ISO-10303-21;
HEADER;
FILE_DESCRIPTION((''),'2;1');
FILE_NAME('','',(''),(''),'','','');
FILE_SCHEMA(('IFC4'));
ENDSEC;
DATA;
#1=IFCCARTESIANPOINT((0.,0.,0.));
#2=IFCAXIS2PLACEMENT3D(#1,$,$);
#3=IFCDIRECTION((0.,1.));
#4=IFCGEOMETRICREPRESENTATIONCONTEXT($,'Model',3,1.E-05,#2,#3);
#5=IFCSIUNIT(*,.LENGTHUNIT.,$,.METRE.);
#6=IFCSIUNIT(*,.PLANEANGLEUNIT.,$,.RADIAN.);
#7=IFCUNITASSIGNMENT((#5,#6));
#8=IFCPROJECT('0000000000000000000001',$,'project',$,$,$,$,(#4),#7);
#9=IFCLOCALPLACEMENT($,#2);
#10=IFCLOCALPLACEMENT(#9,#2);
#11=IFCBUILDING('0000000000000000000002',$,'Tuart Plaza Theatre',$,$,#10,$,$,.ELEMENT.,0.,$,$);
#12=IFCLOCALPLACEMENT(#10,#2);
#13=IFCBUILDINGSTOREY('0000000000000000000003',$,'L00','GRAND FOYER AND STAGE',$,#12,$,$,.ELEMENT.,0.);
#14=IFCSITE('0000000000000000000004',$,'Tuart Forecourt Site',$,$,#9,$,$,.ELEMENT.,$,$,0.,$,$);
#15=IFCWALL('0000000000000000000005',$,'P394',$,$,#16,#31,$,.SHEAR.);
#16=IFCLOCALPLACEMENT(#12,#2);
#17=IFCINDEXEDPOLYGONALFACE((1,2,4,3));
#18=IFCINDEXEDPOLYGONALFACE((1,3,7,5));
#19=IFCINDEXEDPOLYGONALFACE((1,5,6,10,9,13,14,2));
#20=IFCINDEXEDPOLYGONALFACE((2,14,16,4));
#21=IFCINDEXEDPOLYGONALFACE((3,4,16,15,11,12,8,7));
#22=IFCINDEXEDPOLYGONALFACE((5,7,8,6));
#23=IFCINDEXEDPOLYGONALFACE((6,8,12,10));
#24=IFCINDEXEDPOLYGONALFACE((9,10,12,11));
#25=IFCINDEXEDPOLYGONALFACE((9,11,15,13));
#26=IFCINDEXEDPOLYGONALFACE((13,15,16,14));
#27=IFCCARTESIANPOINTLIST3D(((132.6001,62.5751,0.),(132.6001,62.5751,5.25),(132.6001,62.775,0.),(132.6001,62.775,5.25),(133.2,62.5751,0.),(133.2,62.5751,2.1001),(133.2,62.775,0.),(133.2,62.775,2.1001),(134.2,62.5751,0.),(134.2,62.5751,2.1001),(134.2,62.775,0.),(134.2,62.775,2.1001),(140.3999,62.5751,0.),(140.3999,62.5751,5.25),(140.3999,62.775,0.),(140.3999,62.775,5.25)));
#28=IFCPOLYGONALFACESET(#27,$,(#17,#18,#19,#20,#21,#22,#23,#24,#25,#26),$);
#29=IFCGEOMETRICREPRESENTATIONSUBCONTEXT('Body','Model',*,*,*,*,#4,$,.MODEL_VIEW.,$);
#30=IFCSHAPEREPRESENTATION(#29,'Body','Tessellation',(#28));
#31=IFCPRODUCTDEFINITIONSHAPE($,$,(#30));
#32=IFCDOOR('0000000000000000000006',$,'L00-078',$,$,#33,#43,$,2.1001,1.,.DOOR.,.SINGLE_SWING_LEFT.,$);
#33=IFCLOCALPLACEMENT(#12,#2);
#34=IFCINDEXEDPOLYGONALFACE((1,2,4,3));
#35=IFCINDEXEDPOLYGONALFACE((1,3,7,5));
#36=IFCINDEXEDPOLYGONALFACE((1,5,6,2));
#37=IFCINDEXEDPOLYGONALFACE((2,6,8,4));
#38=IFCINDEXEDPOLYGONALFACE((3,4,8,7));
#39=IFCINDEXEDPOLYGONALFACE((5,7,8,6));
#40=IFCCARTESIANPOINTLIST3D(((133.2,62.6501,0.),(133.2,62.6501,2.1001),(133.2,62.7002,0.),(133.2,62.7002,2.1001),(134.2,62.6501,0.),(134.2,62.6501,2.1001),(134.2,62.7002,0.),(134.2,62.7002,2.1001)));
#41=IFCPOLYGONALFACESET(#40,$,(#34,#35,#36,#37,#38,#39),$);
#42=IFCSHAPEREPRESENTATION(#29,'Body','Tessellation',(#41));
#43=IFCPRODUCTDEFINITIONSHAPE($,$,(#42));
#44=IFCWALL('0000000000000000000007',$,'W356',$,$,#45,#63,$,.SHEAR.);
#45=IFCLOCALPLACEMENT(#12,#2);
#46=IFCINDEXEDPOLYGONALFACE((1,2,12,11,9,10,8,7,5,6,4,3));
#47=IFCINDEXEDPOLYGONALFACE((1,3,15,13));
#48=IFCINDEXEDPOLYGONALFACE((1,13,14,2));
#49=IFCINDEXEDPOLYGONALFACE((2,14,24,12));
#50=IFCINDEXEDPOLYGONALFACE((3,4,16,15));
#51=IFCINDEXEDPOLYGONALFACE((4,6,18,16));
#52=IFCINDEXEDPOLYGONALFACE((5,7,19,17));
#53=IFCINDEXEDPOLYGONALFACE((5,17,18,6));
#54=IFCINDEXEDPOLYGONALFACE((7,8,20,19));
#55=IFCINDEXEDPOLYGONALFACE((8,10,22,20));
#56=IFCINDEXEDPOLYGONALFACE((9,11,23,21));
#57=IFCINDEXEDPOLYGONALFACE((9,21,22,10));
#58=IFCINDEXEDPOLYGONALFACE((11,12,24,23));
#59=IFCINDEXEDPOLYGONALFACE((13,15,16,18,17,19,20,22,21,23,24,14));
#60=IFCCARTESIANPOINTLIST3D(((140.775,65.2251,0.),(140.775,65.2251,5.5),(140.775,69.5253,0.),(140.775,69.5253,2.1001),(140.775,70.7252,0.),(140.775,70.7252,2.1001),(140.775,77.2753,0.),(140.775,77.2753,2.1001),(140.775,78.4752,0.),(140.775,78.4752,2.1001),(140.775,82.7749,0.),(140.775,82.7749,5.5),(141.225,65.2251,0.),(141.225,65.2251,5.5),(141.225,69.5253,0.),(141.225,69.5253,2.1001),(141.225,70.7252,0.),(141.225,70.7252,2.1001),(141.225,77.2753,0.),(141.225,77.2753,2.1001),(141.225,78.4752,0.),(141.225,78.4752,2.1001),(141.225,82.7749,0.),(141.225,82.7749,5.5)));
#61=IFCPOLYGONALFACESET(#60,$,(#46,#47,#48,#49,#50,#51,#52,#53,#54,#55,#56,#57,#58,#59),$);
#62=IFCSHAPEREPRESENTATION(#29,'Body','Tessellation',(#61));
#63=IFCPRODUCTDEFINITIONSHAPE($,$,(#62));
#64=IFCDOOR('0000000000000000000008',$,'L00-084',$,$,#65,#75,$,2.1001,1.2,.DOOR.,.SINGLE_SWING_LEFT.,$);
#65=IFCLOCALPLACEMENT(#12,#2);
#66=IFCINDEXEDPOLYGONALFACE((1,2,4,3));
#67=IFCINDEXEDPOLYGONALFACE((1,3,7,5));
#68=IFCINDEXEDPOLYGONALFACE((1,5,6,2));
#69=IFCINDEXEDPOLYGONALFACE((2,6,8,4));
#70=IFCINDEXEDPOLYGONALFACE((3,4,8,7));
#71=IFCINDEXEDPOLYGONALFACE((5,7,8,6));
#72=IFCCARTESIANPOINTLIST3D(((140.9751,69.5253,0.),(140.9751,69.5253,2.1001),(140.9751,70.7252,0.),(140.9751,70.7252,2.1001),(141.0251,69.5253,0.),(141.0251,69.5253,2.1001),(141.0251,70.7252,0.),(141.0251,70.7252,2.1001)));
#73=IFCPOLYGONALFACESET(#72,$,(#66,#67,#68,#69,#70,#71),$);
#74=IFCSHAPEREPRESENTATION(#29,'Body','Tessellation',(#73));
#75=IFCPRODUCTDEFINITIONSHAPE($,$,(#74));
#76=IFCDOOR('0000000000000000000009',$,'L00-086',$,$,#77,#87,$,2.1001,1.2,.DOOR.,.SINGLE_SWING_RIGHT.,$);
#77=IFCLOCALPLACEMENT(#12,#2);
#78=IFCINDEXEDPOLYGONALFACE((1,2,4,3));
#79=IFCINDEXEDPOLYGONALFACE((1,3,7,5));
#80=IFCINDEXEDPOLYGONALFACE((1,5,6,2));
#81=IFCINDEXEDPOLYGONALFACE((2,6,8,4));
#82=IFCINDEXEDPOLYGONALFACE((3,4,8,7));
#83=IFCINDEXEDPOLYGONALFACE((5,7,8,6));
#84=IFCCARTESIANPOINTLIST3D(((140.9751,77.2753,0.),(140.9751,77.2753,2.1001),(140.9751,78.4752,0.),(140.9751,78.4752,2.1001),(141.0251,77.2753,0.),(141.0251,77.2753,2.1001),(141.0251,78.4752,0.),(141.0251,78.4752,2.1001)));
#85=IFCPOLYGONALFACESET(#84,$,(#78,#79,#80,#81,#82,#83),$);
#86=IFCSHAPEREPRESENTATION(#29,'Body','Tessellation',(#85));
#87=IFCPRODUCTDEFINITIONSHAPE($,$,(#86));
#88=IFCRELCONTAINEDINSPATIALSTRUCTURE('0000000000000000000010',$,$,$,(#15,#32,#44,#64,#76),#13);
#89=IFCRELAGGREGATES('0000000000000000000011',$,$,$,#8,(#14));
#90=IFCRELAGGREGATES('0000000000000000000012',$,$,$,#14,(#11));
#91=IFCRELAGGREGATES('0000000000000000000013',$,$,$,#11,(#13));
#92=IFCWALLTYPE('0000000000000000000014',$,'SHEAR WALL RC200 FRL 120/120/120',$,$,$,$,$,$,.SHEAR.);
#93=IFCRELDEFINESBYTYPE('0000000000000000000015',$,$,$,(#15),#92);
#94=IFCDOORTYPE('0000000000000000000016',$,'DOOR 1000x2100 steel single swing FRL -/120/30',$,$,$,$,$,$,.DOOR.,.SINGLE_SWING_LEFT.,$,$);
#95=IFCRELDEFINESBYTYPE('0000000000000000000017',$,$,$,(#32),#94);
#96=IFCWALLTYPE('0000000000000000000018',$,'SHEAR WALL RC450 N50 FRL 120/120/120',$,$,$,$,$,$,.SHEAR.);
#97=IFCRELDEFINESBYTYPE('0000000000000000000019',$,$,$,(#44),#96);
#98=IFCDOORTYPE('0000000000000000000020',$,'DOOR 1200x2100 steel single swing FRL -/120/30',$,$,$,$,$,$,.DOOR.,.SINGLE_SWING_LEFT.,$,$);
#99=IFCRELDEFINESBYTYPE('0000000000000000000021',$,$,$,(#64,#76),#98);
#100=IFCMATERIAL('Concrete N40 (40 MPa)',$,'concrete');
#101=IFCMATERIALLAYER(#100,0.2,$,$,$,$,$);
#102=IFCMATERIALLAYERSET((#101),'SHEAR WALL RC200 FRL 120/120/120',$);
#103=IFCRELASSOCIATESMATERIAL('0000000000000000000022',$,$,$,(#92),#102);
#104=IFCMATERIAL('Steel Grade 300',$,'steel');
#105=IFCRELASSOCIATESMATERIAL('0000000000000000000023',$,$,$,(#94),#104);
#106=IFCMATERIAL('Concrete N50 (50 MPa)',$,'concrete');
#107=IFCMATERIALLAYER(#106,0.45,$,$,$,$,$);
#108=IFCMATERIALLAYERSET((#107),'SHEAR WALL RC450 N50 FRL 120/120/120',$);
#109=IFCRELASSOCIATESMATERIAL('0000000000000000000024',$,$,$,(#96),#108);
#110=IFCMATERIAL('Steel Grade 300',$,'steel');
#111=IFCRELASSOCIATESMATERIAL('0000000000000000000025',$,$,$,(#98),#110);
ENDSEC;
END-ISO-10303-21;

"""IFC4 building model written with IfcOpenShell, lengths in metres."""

from ifc_helpers import new_model, si_unit, direction, frame, frame_2d, origin, place, context, subcontext, project, spatial, rectangle, extrude, material, layer, layer_set, type_object, element, fill, save


model = new_model("IFC4")

# Units and contexts
model_context = context("Model", 3, precision=1e-05, world=origin(), true_north=direction((0.0, 1.0)))
body_context = subcontext(model_context, "Body", "Model", "MODEL_VIEW")
ifc_project = project(units=[si_unit("LENGTHUNIT", "METRE"), si_unit("PLANEANGLEUNIT", "RADIAN")], contexts=[model_context])

# Site, building, storey
site_placement = place(None, origin())
site = spatial("IfcSite", under=ifc_project, at=site_placement, Name="Tuart Forecourt Site", CompositionType="ELEMENT", RefElevation=0.0)
building_placement = place(site_placement, origin())
building = spatial("IfcBuilding", under=site, at=building_placement, Name="Tuart Plaza Theatre", CompositionType="ELEMENT", ElevationOfRefHeight=0.0)
storey_placement = place(building_placement, origin())
storey = spatial("IfcBuildingStorey", under=building, at=storey_placement, Name="L00", Description="GRAND FOYER AND STAGE", CompositionType="ELEMENT", Elevation=0.0)

# Shared definitions
ifc_material_1 = material(Name="Concrete N40 (40 MPa)", Category="concrete")
ifc_layer_1 = layer(ifc_material_1, 0.2)
ifc_layer_set_1 = layer_set([ifc_layer_1], Name="SHEAR WALL RC200 FRL 120/120/120")
wall_type_1 = type_object("IfcWallType", Name="SHEAR WALL RC200 FRL 120/120/120", PredefinedType="SHEAR", material=ifc_layer_set_1)

# Wall, opening, door
wall_1_placement = place(storey_placement, frame((140.3999, 62.675, 0.0), z_axis=(0.0, 0.0, 1.0), x_axis=(-1.0, 0.0, 0.0)))
wall_1 = element("IfcWall", 1, at=wall_1_placement, inside=storey, type_object=wall_type_1, Name="P394", PredefinedType="SHEAR", context=body_context, shape_type="SweptSolid", body=[
    extrude(rectangle(XDim=7.7998, YDim=0.2, at=frame_2d((3.8999, 0.0))), origin(), (0.0, 0.0, 1.0), 5.25),
])
opening_1_placement = place(wall_1_placement, frame((6.2, 0.0, 0.0)))
opening_1 = element("IfcOpeningElement", 2, at=opening_1_placement, cuts=wall_1, PredefinedType="OPENING", context=body_context, shape_type="SweptSolid", body=[
    extrude(rectangle(XDim=1.0, YDim=2.1001, at=frame_2d((0.5, 1.05))), frame((0.0, 0.1099, 0.0), z_axis=(0.0, -1.0, 0.0), x_axis=(1.0, 0.0, 0.0)), (0.0, 0.0, 1.0), 0.22),
])
ifc_material_2 = material(Name="Steel Grade 300", Category="steel")
door_type_1 = type_object("IfcDoorType", Name="DOOR 1000x2100 steel single swing FRL -/120/30", OperationType="SINGLE_SWING_LEFT", PredefinedType="DOOR", material=ifc_material_2)
door_1_placement = place(opening_1_placement, origin())
door_1 = element("IfcDoor", 3, at=door_1_placement, inside=storey, type_object=door_type_1, Name="L00-078", OperationType="SINGLE_SWING_LEFT", OverallHeight=2.1001, OverallWidth=1.0, PredefinedType="DOOR", context=body_context, shape_type="SweptSolid", body=[
    extrude(rectangle(XDim=1.0, YDim=2.1001, at=frame_2d((0.5, 1.05))), frame((0.0, 0.0249, 0.0), z_axis=(0.0, -1.0, 0.0), x_axis=(1.0, 0.0, 0.0)), (0.0, 0.0, 1.0), 0.05),
])
fill(opening_1, door_1)

# Wall, openings, doors
ifc_material_3 = material(Name="Concrete N50 (50 MPa)", Category="concrete")
ifc_layer_2 = layer(ifc_material_3, 0.45)
ifc_layer_set_2 = layer_set([ifc_layer_2], Name="SHEAR WALL RC450 N50 FRL 120/120/120")
wall_type_2 = type_object("IfcWallType", Name="SHEAR WALL RC450 N50 FRL 120/120/120", PredefinedType="SHEAR", material=ifc_layer_set_2)
wall_2_placement = place(storey_placement, frame((141.0, 65.2251, 0.0), z_axis=(0.0, 0.0, 1.0), x_axis=(0.0, 1.0, 0.0)))
wall_2 = element("IfcWall", 4, at=wall_2_placement, inside=storey, type_object=wall_type_2, Name="W356", PredefinedType="SHEAR", context=body_context, shape_type="SweptSolid", body=[
    extrude(rectangle(XDim=17.5498, YDim=0.45, at=frame_2d((8.7749, 0.0))), origin(), (0.0, 0.0, 1.0), 5.5),
])
opening_2_placement = place(wall_2_placement, frame((4.3, 0.0, 0.0)))
opening_2 = element("IfcOpeningElement", 5, at=opening_2_placement, cuts=wall_2, PredefinedType="OPENING", context=body_context, shape_type="SweptSolid", body=[
    extrude(rectangle(XDim=1.2, YDim=2.1001, at=frame_2d((0.6001, 1.05))), frame((0.0, 0.2349, 0.0), z_axis=(0.0, -1.0, 0.0), x_axis=(1.0, 0.0, 0.0)), (0.0, 0.0, 1.0), 0.47),
])
opening_3_placement = place(wall_2_placement, frame((12.05, 0.0, 0.0)))
opening_3 = element("IfcOpeningElement", 6, at=opening_3_placement, cuts=wall_2, PredefinedType="OPENING", context=body_context, shape_type="SweptSolid", body=[
    extrude(rectangle(XDim=1.2, YDim=2.1001, at=frame_2d((0.6001, 1.05))), frame((0.0, 0.2349, 0.0), z_axis=(0.0, -1.0, 0.0), x_axis=(1.0, 0.0, 0.0)), (0.0, 0.0, 1.0), 0.47),
])
ifc_material_4 = material(Name="Steel Grade 300", Category="steel")
door_type_2 = type_object("IfcDoorType", Name="DOOR 1200x2100 steel single swing FRL -/120/30", OperationType="SINGLE_SWING_LEFT", PredefinedType="DOOR", material=ifc_material_4)
door_2_placement = place(opening_2_placement, origin())
door_2 = element("IfcDoor", 7, at=door_2_placement, inside=storey, type_object=door_type_2, Name="L00-084", OperationType="SINGLE_SWING_LEFT", OverallHeight=2.1001, OverallWidth=1.2, PredefinedType="DOOR", context=body_context, shape_type="SweptSolid", body=[
    extrude(rectangle(XDim=1.2, YDim=2.1001, at=frame_2d((0.6001, 1.05))), frame((0.0, 0.0249, 0.0), z_axis=(0.0, -1.0, 0.0), x_axis=(1.0, 0.0, 0.0)), (0.0, 0.0, 1.0), 0.05),
])
fill(opening_2, door_2)
door_3_placement = place(opening_3_placement, origin())
door_3 = element("IfcDoor", 8, at=door_3_placement, inside=storey, type_object=door_type_2, Name="L00-086", OperationType="SINGLE_SWING_RIGHT", OverallHeight=2.1001, OverallWidth=1.2, PredefinedType="DOOR", context=body_context, shape_type="SweptSolid", body=[
    extrude(rectangle(XDim=1.2, YDim=2.1001, at=frame_2d((0.6001, 1.05))), frame((0.0, 0.0249, 0.0), z_axis=(0.0, -1.0, 0.0), x_axis=(1.0, 0.0, 0.0)), (0.0, 0.0, 1.0), 0.05),
])
fill(opening_3, door_3)

save(model, "model.ifc")
